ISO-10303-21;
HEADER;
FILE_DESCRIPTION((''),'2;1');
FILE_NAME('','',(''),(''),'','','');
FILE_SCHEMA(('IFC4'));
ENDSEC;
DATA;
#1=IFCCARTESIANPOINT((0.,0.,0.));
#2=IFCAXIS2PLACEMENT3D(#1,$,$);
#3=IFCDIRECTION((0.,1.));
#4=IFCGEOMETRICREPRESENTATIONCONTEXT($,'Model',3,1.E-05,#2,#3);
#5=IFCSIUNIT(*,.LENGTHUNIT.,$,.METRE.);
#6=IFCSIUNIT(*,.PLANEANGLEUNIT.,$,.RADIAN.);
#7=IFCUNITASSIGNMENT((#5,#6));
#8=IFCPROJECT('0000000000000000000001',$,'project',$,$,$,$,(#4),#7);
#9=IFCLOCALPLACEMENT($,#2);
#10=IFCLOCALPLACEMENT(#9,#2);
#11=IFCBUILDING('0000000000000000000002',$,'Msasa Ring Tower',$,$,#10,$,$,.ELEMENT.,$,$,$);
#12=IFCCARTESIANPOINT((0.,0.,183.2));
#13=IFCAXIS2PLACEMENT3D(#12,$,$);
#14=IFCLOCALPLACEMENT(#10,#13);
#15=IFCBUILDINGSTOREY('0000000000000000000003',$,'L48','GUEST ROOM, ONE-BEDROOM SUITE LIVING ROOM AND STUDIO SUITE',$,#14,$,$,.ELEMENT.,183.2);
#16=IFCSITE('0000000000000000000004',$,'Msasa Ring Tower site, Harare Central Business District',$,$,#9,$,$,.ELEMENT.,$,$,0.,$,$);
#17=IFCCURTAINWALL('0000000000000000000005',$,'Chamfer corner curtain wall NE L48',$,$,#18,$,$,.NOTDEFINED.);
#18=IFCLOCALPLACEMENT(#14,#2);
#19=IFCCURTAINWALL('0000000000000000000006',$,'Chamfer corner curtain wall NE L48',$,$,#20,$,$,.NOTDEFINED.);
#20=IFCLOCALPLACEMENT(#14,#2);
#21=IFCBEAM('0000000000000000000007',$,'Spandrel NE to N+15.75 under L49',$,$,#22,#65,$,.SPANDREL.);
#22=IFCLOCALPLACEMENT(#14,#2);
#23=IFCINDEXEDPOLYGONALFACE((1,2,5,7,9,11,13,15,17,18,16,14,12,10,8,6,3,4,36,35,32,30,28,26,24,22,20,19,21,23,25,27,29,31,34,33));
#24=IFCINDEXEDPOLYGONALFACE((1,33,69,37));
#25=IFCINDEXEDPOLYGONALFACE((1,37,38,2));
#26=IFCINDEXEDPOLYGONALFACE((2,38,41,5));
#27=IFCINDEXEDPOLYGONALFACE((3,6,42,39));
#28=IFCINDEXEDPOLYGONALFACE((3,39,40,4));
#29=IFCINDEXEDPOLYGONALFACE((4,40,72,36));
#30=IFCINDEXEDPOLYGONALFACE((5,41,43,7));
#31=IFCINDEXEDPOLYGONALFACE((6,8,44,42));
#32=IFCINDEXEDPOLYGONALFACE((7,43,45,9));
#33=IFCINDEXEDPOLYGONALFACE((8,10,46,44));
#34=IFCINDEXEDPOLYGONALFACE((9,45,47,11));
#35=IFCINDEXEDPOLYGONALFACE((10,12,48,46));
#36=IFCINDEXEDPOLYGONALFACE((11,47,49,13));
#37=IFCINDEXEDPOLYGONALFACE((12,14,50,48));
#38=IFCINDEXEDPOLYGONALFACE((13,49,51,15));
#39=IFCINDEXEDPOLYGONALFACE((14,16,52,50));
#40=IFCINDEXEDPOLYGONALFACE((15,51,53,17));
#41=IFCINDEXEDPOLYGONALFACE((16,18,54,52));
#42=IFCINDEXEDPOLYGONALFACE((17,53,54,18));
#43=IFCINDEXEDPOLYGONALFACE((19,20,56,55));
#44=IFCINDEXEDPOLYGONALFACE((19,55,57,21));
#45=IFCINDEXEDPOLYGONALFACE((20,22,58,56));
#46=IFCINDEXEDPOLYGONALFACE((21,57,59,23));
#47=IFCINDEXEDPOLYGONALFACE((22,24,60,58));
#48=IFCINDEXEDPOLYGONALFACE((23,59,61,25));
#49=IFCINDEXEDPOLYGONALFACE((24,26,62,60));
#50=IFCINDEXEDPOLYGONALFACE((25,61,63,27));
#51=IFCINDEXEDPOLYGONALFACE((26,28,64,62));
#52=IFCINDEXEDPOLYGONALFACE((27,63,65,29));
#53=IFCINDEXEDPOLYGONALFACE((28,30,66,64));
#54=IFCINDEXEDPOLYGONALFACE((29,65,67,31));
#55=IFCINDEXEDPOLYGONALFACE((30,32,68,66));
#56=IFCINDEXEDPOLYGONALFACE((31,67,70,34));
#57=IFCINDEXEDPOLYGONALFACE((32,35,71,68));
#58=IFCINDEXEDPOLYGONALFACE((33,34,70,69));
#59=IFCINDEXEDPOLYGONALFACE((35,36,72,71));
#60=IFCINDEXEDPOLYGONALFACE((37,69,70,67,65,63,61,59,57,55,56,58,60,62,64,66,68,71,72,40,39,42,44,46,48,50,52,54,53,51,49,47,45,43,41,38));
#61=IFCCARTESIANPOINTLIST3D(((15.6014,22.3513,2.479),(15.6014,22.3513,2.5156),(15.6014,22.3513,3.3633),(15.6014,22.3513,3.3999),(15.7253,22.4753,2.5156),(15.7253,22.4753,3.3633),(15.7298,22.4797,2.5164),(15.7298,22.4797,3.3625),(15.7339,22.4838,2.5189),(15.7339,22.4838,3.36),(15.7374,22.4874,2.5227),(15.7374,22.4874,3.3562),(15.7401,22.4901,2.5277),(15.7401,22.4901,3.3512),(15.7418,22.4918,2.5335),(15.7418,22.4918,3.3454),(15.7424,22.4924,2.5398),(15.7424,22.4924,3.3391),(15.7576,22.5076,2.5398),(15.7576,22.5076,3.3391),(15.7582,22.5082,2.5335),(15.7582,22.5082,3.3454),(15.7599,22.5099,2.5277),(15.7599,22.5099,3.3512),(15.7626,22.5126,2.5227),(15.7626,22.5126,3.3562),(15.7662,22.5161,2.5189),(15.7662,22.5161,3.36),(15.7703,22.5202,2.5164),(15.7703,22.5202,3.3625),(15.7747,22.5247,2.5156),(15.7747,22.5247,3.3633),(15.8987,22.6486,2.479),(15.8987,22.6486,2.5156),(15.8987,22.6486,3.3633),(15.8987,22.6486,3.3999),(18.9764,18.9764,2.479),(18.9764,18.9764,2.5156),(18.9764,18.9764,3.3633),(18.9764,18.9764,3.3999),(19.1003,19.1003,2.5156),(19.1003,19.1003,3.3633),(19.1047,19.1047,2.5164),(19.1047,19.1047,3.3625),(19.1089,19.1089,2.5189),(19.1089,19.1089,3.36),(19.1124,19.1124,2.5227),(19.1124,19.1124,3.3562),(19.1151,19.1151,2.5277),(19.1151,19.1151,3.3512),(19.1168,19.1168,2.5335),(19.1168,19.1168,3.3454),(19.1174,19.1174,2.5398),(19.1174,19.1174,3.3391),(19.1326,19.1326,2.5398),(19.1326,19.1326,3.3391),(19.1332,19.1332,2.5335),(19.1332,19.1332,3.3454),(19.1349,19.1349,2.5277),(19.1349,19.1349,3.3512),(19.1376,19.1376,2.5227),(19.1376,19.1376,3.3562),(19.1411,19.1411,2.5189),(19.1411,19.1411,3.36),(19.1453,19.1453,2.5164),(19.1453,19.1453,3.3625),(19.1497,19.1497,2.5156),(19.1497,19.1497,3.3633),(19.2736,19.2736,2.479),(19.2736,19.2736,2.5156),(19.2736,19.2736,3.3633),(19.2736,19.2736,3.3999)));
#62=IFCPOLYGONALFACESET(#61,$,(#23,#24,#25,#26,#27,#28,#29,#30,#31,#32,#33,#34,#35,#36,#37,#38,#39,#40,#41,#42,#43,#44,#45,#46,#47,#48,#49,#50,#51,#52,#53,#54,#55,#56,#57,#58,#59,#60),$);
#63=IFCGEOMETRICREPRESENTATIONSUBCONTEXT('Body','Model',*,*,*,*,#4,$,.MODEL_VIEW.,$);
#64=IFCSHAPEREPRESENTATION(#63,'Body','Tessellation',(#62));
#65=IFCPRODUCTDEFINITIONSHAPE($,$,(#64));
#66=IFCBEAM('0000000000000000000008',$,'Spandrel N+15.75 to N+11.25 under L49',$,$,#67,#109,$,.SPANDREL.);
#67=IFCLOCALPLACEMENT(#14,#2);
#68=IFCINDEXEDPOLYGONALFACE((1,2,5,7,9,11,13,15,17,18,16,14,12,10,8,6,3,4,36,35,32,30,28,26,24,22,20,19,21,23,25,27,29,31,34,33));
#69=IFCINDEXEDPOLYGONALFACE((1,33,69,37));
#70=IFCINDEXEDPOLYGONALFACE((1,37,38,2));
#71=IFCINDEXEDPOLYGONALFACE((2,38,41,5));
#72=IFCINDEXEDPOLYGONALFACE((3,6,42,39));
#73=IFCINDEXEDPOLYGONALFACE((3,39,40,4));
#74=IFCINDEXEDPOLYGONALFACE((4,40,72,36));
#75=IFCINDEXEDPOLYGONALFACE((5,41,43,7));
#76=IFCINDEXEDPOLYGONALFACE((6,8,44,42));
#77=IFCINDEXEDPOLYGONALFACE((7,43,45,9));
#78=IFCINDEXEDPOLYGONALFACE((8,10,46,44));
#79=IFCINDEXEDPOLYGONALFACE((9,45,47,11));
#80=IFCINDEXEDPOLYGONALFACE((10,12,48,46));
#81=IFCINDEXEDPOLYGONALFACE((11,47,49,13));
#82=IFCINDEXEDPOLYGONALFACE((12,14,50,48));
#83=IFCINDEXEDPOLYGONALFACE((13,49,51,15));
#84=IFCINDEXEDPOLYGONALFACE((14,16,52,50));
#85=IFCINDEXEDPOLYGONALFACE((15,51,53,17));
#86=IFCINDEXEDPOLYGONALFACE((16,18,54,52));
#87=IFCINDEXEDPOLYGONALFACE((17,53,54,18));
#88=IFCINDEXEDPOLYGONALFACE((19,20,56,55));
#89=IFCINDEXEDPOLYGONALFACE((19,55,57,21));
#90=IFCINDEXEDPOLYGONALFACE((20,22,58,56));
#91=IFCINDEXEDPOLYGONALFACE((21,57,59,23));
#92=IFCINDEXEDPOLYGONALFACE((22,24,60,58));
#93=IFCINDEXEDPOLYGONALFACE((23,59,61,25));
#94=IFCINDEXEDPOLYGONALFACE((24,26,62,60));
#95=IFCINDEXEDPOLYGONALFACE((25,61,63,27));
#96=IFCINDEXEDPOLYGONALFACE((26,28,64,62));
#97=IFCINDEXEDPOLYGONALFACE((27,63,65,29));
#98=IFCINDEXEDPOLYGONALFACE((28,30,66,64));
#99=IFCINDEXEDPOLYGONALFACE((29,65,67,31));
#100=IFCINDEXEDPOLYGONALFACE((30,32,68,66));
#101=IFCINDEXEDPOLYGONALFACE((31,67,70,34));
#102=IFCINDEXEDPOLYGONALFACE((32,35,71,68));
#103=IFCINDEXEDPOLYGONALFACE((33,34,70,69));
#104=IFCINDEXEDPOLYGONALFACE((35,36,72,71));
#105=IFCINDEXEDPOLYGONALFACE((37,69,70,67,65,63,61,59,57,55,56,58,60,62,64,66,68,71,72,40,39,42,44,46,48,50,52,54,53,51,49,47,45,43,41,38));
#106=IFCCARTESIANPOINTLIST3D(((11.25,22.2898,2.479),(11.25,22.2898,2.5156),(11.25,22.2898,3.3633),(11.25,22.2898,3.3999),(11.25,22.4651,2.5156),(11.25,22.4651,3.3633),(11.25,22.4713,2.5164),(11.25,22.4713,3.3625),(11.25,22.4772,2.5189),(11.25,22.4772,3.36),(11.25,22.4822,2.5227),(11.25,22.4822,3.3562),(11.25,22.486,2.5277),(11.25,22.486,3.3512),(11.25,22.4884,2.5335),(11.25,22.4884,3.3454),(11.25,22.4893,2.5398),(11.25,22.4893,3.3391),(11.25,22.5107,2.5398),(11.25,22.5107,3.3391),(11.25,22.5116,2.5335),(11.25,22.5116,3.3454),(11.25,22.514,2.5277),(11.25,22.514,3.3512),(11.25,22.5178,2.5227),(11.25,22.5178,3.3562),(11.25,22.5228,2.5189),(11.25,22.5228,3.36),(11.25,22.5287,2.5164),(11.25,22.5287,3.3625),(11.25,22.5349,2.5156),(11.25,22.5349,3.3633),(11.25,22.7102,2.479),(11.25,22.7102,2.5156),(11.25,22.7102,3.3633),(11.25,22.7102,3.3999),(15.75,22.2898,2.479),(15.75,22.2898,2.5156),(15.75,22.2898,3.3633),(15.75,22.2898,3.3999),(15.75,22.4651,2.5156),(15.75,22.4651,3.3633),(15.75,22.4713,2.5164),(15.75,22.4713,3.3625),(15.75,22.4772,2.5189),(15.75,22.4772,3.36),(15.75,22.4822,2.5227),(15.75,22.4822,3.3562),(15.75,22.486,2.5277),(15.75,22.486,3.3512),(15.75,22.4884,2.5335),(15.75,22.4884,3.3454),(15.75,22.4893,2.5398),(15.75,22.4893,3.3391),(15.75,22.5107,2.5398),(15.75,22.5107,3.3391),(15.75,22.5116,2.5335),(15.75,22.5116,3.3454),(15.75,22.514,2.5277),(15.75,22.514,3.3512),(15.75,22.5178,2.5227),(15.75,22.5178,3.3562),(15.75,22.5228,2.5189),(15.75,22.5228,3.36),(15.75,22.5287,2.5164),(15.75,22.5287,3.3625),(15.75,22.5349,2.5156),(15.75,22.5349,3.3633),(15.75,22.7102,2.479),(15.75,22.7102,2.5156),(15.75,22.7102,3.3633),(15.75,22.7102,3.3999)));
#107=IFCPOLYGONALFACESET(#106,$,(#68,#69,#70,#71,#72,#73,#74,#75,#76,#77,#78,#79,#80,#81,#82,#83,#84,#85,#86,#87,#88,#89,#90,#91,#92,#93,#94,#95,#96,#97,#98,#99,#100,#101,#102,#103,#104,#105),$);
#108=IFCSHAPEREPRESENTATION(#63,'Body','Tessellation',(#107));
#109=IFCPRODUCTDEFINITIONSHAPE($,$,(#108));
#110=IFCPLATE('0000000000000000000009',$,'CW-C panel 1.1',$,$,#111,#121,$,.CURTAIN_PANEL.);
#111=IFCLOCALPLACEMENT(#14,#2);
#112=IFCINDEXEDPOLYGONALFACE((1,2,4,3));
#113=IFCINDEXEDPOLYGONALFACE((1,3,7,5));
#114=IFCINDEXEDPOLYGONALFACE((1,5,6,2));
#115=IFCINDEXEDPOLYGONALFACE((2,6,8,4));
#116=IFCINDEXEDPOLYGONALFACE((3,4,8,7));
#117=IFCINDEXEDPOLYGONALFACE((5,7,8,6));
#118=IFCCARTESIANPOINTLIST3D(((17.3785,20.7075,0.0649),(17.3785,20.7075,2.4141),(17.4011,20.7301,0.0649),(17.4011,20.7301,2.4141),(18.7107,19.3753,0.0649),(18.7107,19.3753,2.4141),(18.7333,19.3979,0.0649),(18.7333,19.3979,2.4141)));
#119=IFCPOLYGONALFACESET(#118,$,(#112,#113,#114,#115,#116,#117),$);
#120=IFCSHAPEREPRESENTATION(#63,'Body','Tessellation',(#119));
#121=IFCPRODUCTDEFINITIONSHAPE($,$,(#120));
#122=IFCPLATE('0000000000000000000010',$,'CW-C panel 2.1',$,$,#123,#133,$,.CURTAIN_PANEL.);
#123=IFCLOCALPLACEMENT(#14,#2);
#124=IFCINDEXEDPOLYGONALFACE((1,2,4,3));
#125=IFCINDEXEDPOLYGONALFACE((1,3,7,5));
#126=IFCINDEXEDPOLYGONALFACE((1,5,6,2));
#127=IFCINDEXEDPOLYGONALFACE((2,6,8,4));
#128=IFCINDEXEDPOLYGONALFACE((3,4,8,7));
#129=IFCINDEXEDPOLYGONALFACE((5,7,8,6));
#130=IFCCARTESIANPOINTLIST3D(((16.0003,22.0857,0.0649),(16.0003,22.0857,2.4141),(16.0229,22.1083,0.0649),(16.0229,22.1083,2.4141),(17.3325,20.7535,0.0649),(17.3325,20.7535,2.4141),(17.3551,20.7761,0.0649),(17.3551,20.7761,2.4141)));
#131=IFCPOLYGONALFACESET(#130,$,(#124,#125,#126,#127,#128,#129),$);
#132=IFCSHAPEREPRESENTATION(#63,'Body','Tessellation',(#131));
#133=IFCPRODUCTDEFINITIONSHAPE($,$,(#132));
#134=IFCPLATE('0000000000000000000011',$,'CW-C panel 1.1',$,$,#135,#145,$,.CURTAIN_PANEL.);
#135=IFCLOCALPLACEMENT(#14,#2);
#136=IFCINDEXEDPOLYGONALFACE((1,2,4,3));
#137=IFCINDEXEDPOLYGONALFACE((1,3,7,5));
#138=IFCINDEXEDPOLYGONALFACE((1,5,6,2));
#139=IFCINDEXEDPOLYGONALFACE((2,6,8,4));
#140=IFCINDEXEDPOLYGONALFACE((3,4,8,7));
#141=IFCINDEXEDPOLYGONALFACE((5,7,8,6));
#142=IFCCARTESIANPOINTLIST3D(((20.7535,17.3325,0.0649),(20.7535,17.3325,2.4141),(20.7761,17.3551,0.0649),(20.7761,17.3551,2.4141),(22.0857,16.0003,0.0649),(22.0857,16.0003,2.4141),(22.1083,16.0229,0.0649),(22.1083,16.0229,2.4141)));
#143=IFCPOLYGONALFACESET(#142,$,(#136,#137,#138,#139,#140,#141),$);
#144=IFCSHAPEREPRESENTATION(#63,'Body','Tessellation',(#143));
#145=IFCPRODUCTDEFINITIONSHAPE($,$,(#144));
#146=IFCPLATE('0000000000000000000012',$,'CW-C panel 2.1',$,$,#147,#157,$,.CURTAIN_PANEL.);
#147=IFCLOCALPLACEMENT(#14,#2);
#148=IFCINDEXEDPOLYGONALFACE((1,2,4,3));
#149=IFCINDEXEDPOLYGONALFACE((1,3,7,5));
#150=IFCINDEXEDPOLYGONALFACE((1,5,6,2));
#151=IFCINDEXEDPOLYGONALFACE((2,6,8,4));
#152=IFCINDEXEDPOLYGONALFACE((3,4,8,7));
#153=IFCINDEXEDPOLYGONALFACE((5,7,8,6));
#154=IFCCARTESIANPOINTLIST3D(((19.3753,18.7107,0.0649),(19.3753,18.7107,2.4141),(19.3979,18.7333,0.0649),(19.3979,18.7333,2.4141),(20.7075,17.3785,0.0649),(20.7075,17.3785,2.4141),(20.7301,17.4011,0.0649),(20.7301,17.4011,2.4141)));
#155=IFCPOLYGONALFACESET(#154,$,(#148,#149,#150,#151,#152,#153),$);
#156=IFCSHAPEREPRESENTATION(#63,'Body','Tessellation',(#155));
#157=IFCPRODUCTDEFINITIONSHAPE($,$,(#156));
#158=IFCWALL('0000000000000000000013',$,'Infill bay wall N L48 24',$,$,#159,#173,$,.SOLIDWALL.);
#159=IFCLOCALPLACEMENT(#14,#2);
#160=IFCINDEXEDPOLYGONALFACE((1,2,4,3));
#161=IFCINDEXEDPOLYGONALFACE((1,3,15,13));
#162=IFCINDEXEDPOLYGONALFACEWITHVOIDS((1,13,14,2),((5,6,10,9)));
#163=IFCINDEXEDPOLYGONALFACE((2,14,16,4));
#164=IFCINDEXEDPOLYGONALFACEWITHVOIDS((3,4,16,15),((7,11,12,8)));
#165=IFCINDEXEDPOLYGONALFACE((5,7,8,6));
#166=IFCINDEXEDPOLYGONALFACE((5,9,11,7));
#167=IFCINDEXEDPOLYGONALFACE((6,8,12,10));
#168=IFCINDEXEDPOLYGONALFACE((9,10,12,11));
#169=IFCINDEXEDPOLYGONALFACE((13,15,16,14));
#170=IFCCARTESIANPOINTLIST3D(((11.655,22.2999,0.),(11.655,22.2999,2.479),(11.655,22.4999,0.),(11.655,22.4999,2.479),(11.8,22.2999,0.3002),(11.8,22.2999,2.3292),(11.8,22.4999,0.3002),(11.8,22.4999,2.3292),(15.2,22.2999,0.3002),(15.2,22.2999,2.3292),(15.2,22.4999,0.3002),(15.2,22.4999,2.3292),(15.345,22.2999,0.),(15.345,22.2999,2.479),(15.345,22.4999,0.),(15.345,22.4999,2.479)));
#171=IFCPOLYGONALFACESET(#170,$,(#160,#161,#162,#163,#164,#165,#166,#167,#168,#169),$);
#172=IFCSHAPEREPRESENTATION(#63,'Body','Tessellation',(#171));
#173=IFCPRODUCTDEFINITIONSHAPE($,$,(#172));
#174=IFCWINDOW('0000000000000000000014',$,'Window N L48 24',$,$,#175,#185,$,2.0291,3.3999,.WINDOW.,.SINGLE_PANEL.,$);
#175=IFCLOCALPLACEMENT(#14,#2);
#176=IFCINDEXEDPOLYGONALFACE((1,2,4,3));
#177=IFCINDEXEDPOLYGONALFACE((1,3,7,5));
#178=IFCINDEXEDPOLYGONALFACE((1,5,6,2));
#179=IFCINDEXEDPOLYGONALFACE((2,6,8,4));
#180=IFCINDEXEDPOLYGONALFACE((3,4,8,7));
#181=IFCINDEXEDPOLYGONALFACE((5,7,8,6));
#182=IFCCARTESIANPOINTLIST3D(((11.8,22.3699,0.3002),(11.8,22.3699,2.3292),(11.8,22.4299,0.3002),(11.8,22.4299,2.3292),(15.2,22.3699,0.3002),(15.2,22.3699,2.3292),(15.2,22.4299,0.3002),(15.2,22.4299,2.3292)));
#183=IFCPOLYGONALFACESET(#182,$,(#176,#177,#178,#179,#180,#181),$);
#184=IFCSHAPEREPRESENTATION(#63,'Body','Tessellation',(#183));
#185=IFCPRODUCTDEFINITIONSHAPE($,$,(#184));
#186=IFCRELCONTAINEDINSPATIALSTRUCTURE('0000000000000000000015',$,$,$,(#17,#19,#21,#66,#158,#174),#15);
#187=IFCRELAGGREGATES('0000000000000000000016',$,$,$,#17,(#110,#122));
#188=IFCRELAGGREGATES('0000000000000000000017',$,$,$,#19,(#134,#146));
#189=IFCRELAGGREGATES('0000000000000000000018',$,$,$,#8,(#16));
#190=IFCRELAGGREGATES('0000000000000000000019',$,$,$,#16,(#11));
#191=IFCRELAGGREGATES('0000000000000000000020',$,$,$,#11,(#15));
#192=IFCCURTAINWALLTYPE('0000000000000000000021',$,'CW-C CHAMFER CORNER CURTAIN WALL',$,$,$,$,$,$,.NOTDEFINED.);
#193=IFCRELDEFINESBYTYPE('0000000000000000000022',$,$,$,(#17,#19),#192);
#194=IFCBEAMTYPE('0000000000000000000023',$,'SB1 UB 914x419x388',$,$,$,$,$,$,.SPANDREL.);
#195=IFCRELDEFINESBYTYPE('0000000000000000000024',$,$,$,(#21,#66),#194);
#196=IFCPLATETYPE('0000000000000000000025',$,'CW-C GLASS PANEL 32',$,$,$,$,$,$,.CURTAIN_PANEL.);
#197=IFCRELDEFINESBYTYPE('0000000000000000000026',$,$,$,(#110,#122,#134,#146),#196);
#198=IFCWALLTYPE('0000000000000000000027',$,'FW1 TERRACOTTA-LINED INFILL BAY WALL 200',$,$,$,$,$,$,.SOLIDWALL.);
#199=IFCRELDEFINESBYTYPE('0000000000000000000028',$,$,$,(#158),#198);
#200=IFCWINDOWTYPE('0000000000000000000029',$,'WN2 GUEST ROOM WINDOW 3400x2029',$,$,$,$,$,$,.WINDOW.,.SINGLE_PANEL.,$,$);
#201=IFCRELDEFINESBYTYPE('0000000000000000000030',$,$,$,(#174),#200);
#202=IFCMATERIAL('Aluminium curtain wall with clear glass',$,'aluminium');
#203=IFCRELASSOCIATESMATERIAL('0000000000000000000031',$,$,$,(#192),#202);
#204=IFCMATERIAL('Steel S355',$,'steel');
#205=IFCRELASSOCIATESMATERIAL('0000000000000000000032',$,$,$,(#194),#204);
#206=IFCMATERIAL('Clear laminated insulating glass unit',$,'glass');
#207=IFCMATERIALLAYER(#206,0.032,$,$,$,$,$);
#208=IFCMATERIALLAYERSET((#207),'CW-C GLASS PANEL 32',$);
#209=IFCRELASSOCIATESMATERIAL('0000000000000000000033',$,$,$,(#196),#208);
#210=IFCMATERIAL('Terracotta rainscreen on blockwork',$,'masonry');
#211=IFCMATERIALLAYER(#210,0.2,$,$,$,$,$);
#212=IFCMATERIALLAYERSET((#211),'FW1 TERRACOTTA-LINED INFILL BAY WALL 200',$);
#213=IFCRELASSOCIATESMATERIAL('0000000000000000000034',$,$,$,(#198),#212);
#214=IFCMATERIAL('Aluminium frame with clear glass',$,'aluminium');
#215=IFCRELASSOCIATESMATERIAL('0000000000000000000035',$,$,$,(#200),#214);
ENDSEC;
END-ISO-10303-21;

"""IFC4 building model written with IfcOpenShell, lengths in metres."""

from ifc_helpers import new_model, si_unit, direction, frame, frame_2d, origin, origin_2d, place, context, subcontext, project, spatial, rectangle, i_section, extrude, material, layer, layer_set, material_profile, profile_set, type_object, element, fill, aggregate, save


model = new_model("IFC4")

# Units and contexts
model_context = context("Model", 3, precision=1e-05, world=origin(), true_north=direction((0.0, 1.0)))
body_context = subcontext(model_context, "Body", "Model", "MODEL_VIEW")
ifc_project = project(units=[si_unit("LENGTHUNIT", "METRE"), si_unit("PLANEANGLEUNIT", "RADIAN")], contexts=[model_context])

# Site, building, storey
site_placement = place(None, origin())
site = spatial("IfcSite", under=ifc_project, at=site_placement, Name="Msasa Ring Tower site, Harare Central Business District", CompositionType="ELEMENT", RefElevation=0.0)
building_placement = place(site_placement, origin())
building = spatial("IfcBuilding", under=site, at=building_placement, Name="Msasa Ring Tower", CompositionType="ELEMENT")
storey_placement = place(building_placement, frame((0.0, 0.0, 183.2)))
storey = spatial("IfcBuildingStorey", under=building, at=storey_placement, Name="L48", Description="GUEST ROOM, ONE-BEDROOM SUITE LIVING ROOM AND STUDIO SUITE", CompositionType="ELEMENT", Elevation=183.2)

# Curtain walls
ifc_material_1 = material(Name="Aluminium curtain wall with clear glass", Category="aluminium")
curtain_wall_type = type_object("IfcCurtainWallType", Name="CW-C CHAMFER CORNER CURTAIN WALL", PredefinedType="NOTDEFINED", material=ifc_material_1)
curtain_wall_1_placement = place(storey_placement, origin())
curtain_wall_1 = element("IfcCurtainWall", 1, at=curtain_wall_1_placement, inside=storey, type_object=curtain_wall_type, Name="Chamfer corner curtain wall NE L48", PredefinedType="NOTDEFINED")
curtain_wall_2_placement = place(storey_placement, origin())
curtain_wall_2 = element("IfcCurtainWall", 2, at=curtain_wall_2_placement, inside=storey, type_object=curtain_wall_type, Name="Chamfer corner curtain wall NE L48", PredefinedType="NOTDEFINED")

# Beams
ifc_material_2 = material(Name="Steel S355", Category="steel")
ifc_material_profile_1 = material_profile(ifc_material_2, i_section(OverallWidth=0.4204, OverallDepth=0.9209, WebThickness=0.0215, FlangeThickness=0.0366, FilletRadius=0.0242, at=origin_2d()), Name="UB 914x419x388")
ifc_profile_set_1 = profile_set([ifc_material_profile_1], Name="Steel S355")
beam_type_1 = type_object("IfcBeamType", Name="SB1 UB 914x419x388", PredefinedType="SPANDREL", material=ifc_profile_set_1)
for number, where, z_axis, x_axis, name in (
    (3, (19.125, 19.125, 2.9395), (-0.707107, 0.707107, 0.0), (-0.707107, -0.707107, 0.0), "Spandrel NE to N+15.75 under L49"),
):
    element("IfcBeam", number, at=place(storey_placement, frame(where, z_axis=z_axis, x_axis=x_axis)), inside=storey, type_object=beam_type_1, Name=name, PredefinedType="SPANDREL", context=body_context, shape_type="SweptSolid", body=[
        extrude(i_section(OverallWidth=0.4204, OverallDepth=0.9209, WebThickness=0.0215, FlangeThickness=0.0366, FilletRadius=0.0242, at=origin_2d()), origin(), (0.0, 0.0, 1.0), 4.7729),
    ])
beam_placement = place(storey_placement, frame((15.75, 22.5, 2.9395), z_axis=(-1.0, 0.0, 0.0), x_axis=(0.0, -1.0, 0.0)))
element("IfcBeam", 4, at=beam_placement, inside=storey, type_object=beam_type_1, Name="Spandrel N+15.75 to N+11.25 under L49", PredefinedType="SPANDREL", context=body_context, shape_type="SweptSolid", body=[
    extrude(i_section(OverallWidth=0.4204, OverallDepth=0.9209, WebThickness=0.0215, FlangeThickness=0.0366, FilletRadius=0.0242, at=origin_2d()), origin(), (0.0, 0.0, 1.0), 4.5),
])

# Plates
ifc_material_3 = material(Name="Clear laminated insulating glass unit", Category="glass")
ifc_layer_1 = layer(ifc_material_3, 0.032)
ifc_layer_set_1 = layer_set([ifc_layer_1], Name="CW-C GLASS PANEL 32")
plate_type = type_object("IfcPlateType", Name="CW-C GLASS PANEL 32", PredefinedType="CURTAIN_PANEL", material=ifc_layer_set_1)
plate_1_placement = place(storey_placement, frame((18.0559, 20.0527, 0.0649), z_axis=(0.0, 0.0, 1.0), x_axis=(-0.707107, 0.707107, 0.0)))
plate_1 = element("IfcPlate", 5, at=plate_1_placement, type_object=plate_type, Name="CW-C panel 1.1", PredefinedType="CURTAIN_PANEL", context=body_context, shape_type="SweptSolid", body=[
    extrude(rectangle(XDim=1.884, YDim=0.032, at=origin_2d()), origin(), (0.0, 0.0, 1.0), 2.3491),
])
plate_2_placement = place(storey_placement, frame((16.6777, 21.4309, 0.0649), z_axis=(0.0, 0.0, 1.0), x_axis=(-0.707107, 0.707107, 0.0)))
plate_2 = element("IfcPlate", 6, at=plate_2_placement, type_object=plate_type, Name="CW-C panel 2.1", PredefinedType="CURTAIN_PANEL", context=body_context, shape_type="SweptSolid", body=[
    extrude(rectangle(XDim=1.884, YDim=0.032, at=origin_2d()), origin(), (0.0, 0.0, 1.0), 2.3491),
])
aggregate(curtain_wall_1, [plate_1, plate_2])
plate_3_placement = place(storey_placement, frame((21.4309, 16.6777, 0.0649), z_axis=(0.0, 0.0, 1.0), x_axis=(-0.707107, 0.707107, 0.0)))
plate_3 = element("IfcPlate", 7, at=plate_3_placement, type_object=plate_type, Name="CW-C panel 1.1", PredefinedType="CURTAIN_PANEL", context=body_context, shape_type="SweptSolid", body=[
    extrude(rectangle(XDim=1.884, YDim=0.032, at=origin_2d()), origin(), (0.0, 0.0, 1.0), 2.3491),
])
plate_4_placement = place(storey_placement, frame((20.0527, 18.0559, 0.0649), z_axis=(0.0, 0.0, 1.0), x_axis=(-0.707107, 0.707107, 0.0)))
plate_4 = element("IfcPlate", 8, at=plate_4_placement, type_object=plate_type, Name="CW-C panel 2.1", PredefinedType="CURTAIN_PANEL", context=body_context, shape_type="SweptSolid", body=[
    extrude(rectangle(XDim=1.884, YDim=0.032, at=origin_2d()), origin(), (0.0, 0.0, 1.0), 2.3491),
])
aggregate(curtain_wall_2, [plate_3, plate_4])

# Wall, opening, window
ifc_material_4 = material(Name="Terracotta rainscreen on blockwork", Category="masonry")
ifc_layer_2 = layer(ifc_material_4, 0.2)
ifc_layer_set_2 = layer_set([ifc_layer_2], Name="FW1 TERRACOTTA-LINED INFILL BAY WALL 200")
wall_type_1 = type_object("IfcWallType", Name="FW1 TERRACOTTA-LINED INFILL BAY WALL 200", PredefinedType="SOLIDWALL", material=ifc_layer_set_2)
wall_1_placement = place(storey_placement, frame((11.655, 22.3999, 0.0), z_axis=(0.0, 0.0, 1.0), x_axis=(1.0, 0.0, 0.0)))
wall_1 = element("IfcWall", 9, at=wall_1_placement, inside=storey, type_object=wall_type_1, Name="Infill bay wall N L48 24", PredefinedType="SOLIDWALL", context=body_context, shape_type="SweptSolid", body=[
    extrude(rectangle(XDim=3.6899, YDim=0.2, at=frame_2d((1.845, 0.0))), origin(), (0.0, 0.0, 1.0), 2.479),
])
opening_placement = place(wall_1_placement, frame((0.145, 0.0, 0.3)))
opening = element("IfcOpeningElement", 10, at=opening_placement, cuts=wall_1, PredefinedType="OPENING", context=body_context, shape_type="SweptSolid", body=[
    extrude(rectangle(XDim=3.3999, YDim=2.0291, at=frame_2d((1.7, 1.0146))), frame((0.0, 0.1099, 0.0), z_axis=(0.0, -1.0, 0.0), x_axis=(1.0, 0.0, 0.0)), (0.0, 0.0, 1.0), 0.22),
])
ifc_material_5 = material(Name="Aluminium frame with clear glass", Category="aluminium")
window_type = type_object("IfcWindowType", Name="WN2 GUEST ROOM WINDOW 3400x2029", PartitioningType="SINGLE_PANEL", PredefinedType="WINDOW", material=ifc_material_5)
window_placement = place(opening_placement, origin())
window = element("IfcWindow", 11, at=window_placement, inside=storey, type_object=window_type, Name="Window N L48 24", OverallHeight=2.0291, OverallWidth=3.3999, PartitioningType="SINGLE_PANEL", PredefinedType="WINDOW", context=body_context, shape_type="SweptSolid", body=[
    extrude(rectangle(XDim=3.3999, YDim=2.0291, at=frame_2d((1.7, 1.0146))), frame((0.0, 0.03, 0.0), z_axis=(0.0, -1.0, 0.0), x_axis=(1.0, 0.0, 0.0)), (0.0, 0.0, 1.0), 0.0601),
])
fill(opening, window)

save(model, "model.ifc")
